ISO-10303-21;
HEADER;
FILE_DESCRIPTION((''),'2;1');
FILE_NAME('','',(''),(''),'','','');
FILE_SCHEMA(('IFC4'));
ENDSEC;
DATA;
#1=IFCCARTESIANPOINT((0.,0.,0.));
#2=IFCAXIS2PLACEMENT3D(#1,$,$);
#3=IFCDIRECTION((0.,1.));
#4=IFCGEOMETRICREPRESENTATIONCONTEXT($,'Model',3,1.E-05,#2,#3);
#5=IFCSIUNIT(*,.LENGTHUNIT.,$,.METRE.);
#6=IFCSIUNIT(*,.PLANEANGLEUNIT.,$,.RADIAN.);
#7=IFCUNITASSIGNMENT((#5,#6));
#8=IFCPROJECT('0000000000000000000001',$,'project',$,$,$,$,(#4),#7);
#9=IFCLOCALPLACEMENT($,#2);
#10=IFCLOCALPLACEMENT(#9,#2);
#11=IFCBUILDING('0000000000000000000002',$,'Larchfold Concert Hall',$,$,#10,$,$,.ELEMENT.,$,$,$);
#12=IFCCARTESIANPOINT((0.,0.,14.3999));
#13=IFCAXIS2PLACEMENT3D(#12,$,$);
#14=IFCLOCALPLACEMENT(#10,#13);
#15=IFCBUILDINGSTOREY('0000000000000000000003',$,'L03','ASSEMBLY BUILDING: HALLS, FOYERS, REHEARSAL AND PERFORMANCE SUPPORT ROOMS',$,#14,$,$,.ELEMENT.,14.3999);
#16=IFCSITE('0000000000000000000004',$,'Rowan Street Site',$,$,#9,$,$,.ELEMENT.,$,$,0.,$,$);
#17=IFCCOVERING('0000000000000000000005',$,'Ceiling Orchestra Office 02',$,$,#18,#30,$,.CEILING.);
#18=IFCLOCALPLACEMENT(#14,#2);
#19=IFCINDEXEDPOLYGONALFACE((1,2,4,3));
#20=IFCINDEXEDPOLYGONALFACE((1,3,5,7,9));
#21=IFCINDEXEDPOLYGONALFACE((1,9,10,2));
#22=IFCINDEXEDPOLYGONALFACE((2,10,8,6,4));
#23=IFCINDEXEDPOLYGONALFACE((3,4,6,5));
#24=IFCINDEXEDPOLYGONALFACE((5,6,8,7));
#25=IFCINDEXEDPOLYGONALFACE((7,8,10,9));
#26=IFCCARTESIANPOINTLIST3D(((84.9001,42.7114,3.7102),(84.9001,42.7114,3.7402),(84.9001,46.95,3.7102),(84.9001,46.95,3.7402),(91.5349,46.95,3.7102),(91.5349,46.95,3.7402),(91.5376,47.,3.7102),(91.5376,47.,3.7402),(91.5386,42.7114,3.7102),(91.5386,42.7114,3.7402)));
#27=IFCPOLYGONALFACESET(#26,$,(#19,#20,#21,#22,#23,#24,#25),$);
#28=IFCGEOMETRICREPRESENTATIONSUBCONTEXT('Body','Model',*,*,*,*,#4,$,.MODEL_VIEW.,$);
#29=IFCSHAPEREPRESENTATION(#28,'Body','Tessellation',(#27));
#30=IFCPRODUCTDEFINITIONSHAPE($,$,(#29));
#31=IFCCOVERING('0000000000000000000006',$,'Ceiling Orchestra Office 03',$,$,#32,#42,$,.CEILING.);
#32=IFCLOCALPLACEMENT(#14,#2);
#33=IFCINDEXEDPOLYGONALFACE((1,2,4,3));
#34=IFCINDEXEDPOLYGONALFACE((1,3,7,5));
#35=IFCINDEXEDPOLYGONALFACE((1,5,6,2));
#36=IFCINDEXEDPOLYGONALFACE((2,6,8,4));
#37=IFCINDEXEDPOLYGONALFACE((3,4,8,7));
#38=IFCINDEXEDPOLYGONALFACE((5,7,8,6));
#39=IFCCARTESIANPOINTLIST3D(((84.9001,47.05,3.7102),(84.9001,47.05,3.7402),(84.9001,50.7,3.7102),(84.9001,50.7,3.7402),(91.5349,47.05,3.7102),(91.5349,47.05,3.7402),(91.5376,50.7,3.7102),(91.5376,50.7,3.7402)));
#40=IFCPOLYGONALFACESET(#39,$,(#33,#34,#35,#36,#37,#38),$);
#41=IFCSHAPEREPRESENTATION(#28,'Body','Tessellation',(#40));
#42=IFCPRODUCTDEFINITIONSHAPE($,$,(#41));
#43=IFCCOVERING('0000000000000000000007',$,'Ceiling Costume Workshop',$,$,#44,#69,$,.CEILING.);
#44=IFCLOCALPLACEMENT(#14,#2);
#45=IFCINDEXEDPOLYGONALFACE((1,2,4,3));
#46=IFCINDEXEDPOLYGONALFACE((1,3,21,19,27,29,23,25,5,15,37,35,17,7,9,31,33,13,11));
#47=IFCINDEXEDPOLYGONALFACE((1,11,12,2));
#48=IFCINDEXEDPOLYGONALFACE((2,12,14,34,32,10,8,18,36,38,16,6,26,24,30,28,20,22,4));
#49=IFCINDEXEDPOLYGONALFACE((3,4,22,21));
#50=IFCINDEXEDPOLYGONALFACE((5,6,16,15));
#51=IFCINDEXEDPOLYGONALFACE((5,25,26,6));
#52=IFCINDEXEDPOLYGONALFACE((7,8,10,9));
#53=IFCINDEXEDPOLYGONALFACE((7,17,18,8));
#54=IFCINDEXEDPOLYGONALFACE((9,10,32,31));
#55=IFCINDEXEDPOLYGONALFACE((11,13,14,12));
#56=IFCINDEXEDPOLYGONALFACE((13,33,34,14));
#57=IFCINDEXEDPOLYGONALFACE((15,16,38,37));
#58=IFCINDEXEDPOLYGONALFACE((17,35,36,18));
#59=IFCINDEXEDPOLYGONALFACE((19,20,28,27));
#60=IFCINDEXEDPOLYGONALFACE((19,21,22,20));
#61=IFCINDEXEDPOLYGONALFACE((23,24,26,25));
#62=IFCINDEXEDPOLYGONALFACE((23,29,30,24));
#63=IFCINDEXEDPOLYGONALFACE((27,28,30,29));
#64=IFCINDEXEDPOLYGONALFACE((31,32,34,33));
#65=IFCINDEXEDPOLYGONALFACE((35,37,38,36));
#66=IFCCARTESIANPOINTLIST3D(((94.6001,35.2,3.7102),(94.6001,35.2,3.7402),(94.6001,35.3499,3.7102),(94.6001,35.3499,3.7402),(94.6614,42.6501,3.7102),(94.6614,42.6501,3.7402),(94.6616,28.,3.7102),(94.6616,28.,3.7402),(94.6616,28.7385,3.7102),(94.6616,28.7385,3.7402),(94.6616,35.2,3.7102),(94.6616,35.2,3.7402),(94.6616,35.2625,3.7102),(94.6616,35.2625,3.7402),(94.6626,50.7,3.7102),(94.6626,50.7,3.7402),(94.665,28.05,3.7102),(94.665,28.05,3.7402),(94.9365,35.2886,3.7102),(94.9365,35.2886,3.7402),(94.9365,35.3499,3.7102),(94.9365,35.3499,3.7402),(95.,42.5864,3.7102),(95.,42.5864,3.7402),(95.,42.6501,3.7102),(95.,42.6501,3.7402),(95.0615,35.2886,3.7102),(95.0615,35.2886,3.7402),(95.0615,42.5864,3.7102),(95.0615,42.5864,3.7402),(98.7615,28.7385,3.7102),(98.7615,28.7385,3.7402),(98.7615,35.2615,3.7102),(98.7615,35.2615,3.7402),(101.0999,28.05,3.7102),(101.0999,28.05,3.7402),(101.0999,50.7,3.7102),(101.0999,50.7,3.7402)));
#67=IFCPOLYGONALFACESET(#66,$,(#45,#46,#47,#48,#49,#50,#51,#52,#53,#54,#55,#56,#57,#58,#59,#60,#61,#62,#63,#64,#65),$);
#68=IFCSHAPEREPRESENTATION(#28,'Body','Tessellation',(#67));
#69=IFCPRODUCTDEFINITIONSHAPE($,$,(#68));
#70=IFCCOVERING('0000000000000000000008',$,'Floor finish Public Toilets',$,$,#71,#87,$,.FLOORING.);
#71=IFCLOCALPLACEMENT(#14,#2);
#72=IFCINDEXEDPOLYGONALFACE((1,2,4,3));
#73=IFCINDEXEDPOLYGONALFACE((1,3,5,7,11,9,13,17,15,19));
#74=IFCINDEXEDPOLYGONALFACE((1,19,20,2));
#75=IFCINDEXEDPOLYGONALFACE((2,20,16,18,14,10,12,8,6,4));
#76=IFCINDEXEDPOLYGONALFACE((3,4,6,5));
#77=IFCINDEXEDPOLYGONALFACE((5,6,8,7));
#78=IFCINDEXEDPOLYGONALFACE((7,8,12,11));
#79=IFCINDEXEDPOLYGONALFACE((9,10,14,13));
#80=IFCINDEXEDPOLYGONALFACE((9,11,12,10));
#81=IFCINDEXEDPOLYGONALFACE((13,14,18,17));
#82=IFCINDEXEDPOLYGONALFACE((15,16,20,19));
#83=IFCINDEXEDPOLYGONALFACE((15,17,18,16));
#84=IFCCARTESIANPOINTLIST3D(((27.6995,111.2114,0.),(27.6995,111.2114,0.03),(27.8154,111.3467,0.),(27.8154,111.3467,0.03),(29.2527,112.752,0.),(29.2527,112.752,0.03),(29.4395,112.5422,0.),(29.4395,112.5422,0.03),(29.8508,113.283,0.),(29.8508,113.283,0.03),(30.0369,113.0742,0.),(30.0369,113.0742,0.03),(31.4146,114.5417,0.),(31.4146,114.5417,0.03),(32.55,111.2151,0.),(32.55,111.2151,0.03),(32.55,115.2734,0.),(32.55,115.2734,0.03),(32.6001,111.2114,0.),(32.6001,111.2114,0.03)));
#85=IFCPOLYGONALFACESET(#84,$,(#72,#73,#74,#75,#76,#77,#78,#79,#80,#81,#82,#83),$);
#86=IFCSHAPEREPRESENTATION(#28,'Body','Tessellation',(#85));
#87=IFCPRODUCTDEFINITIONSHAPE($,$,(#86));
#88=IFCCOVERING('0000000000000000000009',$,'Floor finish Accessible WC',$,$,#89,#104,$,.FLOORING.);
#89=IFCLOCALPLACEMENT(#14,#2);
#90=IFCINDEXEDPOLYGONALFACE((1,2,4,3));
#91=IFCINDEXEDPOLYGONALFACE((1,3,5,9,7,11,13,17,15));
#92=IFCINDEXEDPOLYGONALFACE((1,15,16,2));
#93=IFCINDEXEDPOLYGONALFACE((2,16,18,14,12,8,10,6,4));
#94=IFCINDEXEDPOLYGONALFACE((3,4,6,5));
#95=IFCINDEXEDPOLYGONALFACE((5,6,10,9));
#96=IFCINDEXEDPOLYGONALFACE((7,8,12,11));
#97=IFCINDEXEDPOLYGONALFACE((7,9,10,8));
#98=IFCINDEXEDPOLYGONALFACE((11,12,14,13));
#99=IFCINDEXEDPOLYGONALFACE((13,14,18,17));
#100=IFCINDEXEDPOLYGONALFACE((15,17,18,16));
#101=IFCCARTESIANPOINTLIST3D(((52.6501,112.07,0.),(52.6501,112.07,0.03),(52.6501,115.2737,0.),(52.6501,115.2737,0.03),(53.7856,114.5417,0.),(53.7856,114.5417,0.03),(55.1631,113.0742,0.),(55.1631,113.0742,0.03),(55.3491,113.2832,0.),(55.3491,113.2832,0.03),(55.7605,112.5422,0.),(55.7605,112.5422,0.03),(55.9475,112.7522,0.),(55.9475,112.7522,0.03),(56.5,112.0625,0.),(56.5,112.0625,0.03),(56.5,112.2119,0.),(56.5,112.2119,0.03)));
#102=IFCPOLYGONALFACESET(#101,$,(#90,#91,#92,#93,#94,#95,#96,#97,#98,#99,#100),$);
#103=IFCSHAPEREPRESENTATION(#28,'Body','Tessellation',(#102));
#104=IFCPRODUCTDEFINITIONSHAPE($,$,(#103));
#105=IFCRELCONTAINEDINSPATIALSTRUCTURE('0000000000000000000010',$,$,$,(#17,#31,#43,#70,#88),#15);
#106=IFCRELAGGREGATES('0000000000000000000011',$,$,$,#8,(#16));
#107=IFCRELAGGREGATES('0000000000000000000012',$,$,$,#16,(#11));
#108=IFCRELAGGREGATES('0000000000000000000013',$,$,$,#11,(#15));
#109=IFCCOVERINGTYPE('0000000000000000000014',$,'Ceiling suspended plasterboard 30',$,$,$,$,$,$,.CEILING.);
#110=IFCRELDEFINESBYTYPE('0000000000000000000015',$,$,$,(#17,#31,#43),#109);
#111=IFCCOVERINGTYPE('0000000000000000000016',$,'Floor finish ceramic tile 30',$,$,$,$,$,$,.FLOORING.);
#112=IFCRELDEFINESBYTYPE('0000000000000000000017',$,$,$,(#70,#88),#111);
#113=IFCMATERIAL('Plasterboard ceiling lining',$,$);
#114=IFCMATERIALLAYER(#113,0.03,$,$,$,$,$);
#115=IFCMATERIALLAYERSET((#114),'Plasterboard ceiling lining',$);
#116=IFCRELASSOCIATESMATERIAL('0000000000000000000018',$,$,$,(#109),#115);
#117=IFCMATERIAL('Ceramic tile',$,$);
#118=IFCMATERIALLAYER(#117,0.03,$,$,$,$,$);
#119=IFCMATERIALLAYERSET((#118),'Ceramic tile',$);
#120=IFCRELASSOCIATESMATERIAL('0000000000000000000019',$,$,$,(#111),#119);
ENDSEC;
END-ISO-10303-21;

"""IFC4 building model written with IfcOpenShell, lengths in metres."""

from ifc_helpers import new_model, si_unit, direction, frame, origin, place, context, subcontext, project, spatial, polyline, outline, extrude, material, layer, layer_set, type_object, element, save


model = new_model("IFC4")

# Units and contexts
model_context = context("Model", 3, precision=1e-05, world=origin(), true_north=direction((0.0, 1.0)))
body_context = subcontext(model_context, "Body", "Model", "MODEL_VIEW")
ifc_project = project(units=[si_unit("LENGTHUNIT", "METRE"), si_unit("PLANEANGLEUNIT", "RADIAN")], contexts=[model_context])

# Site, building, storey
site_placement = place(None, origin())
site = spatial("IfcSite", under=ifc_project, at=site_placement, Name="Rowan Street Site", CompositionType="ELEMENT", RefElevation=0.0)
building_placement = place(site_placement, origin())
building = spatial("IfcBuilding", under=site, at=building_placement, Name="Larchfold Concert Hall", CompositionType="ELEMENT")
storey_placement = place(building_placement, frame((0.0, 0.0, 14.3999)))
storey = spatial("IfcBuildingStorey", under=building, at=storey_placement, Name="L03", Description="ASSEMBLY BUILDING: HALLS, FOYERS, REHEARSAL AND PERFORMANCE SUPPORT ROOMS", CompositionType="ELEMENT", Elevation=14.3999)

# Coverings
ifc_material_1 = material(Name="Plasterboard ceiling lining")
ifc_layer_1 = layer(ifc_material_1, 0.03)
ifc_layer_set_1 = layer_set([ifc_layer_1], Name="Plasterboard ceiling lining")
covering_type_1 = type_object("IfcCoveringType", Name="Ceiling suspended plasterboard 30", PredefinedType="CEILING", material=ifc_layer_set_1)
covering_1_placement = place(storey_placement, frame((0.0, 0.0, 3.7102)))
element("IfcCovering", 1, at=covering_1_placement, inside=storey, type_object=covering_type_1, Name="Ceiling Orchestra Office 02", PredefinedType="CEILING", context=body_context, shape_type="SweptSolid", body=[
    extrude(outline(polyline([(84.9001, 46.95), (84.9001, 42.7114), (91.5386, 42.7114), (91.5376, 47.0), (91.5349, 46.95), (84.9001, 46.95)])), origin(), (0.0, 0.0, 1.0), 0.03),
])
covering_2_placement = place(storey_placement, frame((0.0, 0.0, 3.7102)))
element("IfcCovering", 2, at=covering_2_placement, inside=storey, type_object=covering_type_1, Name="Ceiling Orchestra Office 03", PredefinedType="CEILING", context=body_context, shape_type="SweptSolid", body=[
    extrude(outline(polyline([(91.5349, 47.0), (91.5376, 50.7), (84.9001, 50.7), (84.9001, 47.05), (91.5349, 47.05), (91.5349, 47.0)])), origin(), (0.0, 0.0, 1.0), 0.03),
])
covering_3_placement = place(storey_placement, frame((0.0, 0.0, 3.7102)))
element("IfcCovering", 3, at=covering_3_placement, inside=storey, type_object=covering_type_1, Name="Ceiling Costume Workshop", PredefinedType="CEILING", context=body_context, shape_type="SweptSolid", body=[
    extrude(outline(polyline([(94.6626, 50.7), (94.6614, 42.6501), (95.0, 42.6501), (95.0, 42.5864), (95.0615, 42.5864), (95.0615, 35.2886), (94.9365, 35.2886), (94.9365, 35.3499), (94.6001, 35.3499), (94.6001, 35.2), (94.6616, 35.2), (94.6616, 35.2625), (98.7615, 35.2615), (98.7615, 28.7385), (94.6616, 28.7385), (94.6616, 28.0), (94.665, 28.05), (101.0999, 28.05), (101.0999, 50.7), (94.6626, 50.7)])), origin(), (0.0, 0.0, 1.0), 0.03),
])
ifc_material_2 = material(Name="Ceramic tile")
ifc_layer_2 = layer(ifc_material_2, 0.03)
ifc_layer_set_2 = layer_set([ifc_layer_2], Name="Ceramic tile")
covering_type_2 = type_object("IfcCoveringType", Name="Floor finish ceramic tile 30", PredefinedType="FLOORING", material=ifc_layer_set_2)
covering_4_placement = place(storey_placement, origin())
element("IfcCovering", 4, at=covering_4_placement, inside=storey, type_object=covering_type_2, Name="Floor finish Public Toilets", PredefinedType="FLOORING", context=body_context, shape_type="SweptSolid", body=[
    extrude(outline(polyline([(27.8154, 111.3467), (27.6995, 111.2114), (32.6001, 111.2114), (32.55, 111.2151), (32.55, 115.2734), (31.4146, 114.5417), (29.8508, 113.283), (30.0369, 113.0742), (29.4395, 112.5422), (29.2527, 112.752), (27.8154, 111.3467)])), origin(), (0.0, 0.0, 1.0), 0.03),
])
covering_5_placement = place(storey_placement, origin())
element("IfcCovering", 5, at=covering_5_placement, inside=storey, type_object=covering_type_2, Name="Floor finish Accessible WC", PredefinedType="FLOORING", context=body_context, shape_type="SweptSolid", body=[
    extrude(outline(polyline([(52.6001, 112.0701), (56.5, 112.0625), (56.5, 112.2119), (55.9475, 112.7522), (55.7605, 112.5422), (55.1631, 113.0742), (55.3491, 113.2832), (53.7856, 114.5417), (52.6501, 115.2737), (52.6501, 112.0701), (52.6001, 112.0701)])), origin(), (0.0, 0.0, 1.0), 0.03),
])

save(model, "model.ifc")
